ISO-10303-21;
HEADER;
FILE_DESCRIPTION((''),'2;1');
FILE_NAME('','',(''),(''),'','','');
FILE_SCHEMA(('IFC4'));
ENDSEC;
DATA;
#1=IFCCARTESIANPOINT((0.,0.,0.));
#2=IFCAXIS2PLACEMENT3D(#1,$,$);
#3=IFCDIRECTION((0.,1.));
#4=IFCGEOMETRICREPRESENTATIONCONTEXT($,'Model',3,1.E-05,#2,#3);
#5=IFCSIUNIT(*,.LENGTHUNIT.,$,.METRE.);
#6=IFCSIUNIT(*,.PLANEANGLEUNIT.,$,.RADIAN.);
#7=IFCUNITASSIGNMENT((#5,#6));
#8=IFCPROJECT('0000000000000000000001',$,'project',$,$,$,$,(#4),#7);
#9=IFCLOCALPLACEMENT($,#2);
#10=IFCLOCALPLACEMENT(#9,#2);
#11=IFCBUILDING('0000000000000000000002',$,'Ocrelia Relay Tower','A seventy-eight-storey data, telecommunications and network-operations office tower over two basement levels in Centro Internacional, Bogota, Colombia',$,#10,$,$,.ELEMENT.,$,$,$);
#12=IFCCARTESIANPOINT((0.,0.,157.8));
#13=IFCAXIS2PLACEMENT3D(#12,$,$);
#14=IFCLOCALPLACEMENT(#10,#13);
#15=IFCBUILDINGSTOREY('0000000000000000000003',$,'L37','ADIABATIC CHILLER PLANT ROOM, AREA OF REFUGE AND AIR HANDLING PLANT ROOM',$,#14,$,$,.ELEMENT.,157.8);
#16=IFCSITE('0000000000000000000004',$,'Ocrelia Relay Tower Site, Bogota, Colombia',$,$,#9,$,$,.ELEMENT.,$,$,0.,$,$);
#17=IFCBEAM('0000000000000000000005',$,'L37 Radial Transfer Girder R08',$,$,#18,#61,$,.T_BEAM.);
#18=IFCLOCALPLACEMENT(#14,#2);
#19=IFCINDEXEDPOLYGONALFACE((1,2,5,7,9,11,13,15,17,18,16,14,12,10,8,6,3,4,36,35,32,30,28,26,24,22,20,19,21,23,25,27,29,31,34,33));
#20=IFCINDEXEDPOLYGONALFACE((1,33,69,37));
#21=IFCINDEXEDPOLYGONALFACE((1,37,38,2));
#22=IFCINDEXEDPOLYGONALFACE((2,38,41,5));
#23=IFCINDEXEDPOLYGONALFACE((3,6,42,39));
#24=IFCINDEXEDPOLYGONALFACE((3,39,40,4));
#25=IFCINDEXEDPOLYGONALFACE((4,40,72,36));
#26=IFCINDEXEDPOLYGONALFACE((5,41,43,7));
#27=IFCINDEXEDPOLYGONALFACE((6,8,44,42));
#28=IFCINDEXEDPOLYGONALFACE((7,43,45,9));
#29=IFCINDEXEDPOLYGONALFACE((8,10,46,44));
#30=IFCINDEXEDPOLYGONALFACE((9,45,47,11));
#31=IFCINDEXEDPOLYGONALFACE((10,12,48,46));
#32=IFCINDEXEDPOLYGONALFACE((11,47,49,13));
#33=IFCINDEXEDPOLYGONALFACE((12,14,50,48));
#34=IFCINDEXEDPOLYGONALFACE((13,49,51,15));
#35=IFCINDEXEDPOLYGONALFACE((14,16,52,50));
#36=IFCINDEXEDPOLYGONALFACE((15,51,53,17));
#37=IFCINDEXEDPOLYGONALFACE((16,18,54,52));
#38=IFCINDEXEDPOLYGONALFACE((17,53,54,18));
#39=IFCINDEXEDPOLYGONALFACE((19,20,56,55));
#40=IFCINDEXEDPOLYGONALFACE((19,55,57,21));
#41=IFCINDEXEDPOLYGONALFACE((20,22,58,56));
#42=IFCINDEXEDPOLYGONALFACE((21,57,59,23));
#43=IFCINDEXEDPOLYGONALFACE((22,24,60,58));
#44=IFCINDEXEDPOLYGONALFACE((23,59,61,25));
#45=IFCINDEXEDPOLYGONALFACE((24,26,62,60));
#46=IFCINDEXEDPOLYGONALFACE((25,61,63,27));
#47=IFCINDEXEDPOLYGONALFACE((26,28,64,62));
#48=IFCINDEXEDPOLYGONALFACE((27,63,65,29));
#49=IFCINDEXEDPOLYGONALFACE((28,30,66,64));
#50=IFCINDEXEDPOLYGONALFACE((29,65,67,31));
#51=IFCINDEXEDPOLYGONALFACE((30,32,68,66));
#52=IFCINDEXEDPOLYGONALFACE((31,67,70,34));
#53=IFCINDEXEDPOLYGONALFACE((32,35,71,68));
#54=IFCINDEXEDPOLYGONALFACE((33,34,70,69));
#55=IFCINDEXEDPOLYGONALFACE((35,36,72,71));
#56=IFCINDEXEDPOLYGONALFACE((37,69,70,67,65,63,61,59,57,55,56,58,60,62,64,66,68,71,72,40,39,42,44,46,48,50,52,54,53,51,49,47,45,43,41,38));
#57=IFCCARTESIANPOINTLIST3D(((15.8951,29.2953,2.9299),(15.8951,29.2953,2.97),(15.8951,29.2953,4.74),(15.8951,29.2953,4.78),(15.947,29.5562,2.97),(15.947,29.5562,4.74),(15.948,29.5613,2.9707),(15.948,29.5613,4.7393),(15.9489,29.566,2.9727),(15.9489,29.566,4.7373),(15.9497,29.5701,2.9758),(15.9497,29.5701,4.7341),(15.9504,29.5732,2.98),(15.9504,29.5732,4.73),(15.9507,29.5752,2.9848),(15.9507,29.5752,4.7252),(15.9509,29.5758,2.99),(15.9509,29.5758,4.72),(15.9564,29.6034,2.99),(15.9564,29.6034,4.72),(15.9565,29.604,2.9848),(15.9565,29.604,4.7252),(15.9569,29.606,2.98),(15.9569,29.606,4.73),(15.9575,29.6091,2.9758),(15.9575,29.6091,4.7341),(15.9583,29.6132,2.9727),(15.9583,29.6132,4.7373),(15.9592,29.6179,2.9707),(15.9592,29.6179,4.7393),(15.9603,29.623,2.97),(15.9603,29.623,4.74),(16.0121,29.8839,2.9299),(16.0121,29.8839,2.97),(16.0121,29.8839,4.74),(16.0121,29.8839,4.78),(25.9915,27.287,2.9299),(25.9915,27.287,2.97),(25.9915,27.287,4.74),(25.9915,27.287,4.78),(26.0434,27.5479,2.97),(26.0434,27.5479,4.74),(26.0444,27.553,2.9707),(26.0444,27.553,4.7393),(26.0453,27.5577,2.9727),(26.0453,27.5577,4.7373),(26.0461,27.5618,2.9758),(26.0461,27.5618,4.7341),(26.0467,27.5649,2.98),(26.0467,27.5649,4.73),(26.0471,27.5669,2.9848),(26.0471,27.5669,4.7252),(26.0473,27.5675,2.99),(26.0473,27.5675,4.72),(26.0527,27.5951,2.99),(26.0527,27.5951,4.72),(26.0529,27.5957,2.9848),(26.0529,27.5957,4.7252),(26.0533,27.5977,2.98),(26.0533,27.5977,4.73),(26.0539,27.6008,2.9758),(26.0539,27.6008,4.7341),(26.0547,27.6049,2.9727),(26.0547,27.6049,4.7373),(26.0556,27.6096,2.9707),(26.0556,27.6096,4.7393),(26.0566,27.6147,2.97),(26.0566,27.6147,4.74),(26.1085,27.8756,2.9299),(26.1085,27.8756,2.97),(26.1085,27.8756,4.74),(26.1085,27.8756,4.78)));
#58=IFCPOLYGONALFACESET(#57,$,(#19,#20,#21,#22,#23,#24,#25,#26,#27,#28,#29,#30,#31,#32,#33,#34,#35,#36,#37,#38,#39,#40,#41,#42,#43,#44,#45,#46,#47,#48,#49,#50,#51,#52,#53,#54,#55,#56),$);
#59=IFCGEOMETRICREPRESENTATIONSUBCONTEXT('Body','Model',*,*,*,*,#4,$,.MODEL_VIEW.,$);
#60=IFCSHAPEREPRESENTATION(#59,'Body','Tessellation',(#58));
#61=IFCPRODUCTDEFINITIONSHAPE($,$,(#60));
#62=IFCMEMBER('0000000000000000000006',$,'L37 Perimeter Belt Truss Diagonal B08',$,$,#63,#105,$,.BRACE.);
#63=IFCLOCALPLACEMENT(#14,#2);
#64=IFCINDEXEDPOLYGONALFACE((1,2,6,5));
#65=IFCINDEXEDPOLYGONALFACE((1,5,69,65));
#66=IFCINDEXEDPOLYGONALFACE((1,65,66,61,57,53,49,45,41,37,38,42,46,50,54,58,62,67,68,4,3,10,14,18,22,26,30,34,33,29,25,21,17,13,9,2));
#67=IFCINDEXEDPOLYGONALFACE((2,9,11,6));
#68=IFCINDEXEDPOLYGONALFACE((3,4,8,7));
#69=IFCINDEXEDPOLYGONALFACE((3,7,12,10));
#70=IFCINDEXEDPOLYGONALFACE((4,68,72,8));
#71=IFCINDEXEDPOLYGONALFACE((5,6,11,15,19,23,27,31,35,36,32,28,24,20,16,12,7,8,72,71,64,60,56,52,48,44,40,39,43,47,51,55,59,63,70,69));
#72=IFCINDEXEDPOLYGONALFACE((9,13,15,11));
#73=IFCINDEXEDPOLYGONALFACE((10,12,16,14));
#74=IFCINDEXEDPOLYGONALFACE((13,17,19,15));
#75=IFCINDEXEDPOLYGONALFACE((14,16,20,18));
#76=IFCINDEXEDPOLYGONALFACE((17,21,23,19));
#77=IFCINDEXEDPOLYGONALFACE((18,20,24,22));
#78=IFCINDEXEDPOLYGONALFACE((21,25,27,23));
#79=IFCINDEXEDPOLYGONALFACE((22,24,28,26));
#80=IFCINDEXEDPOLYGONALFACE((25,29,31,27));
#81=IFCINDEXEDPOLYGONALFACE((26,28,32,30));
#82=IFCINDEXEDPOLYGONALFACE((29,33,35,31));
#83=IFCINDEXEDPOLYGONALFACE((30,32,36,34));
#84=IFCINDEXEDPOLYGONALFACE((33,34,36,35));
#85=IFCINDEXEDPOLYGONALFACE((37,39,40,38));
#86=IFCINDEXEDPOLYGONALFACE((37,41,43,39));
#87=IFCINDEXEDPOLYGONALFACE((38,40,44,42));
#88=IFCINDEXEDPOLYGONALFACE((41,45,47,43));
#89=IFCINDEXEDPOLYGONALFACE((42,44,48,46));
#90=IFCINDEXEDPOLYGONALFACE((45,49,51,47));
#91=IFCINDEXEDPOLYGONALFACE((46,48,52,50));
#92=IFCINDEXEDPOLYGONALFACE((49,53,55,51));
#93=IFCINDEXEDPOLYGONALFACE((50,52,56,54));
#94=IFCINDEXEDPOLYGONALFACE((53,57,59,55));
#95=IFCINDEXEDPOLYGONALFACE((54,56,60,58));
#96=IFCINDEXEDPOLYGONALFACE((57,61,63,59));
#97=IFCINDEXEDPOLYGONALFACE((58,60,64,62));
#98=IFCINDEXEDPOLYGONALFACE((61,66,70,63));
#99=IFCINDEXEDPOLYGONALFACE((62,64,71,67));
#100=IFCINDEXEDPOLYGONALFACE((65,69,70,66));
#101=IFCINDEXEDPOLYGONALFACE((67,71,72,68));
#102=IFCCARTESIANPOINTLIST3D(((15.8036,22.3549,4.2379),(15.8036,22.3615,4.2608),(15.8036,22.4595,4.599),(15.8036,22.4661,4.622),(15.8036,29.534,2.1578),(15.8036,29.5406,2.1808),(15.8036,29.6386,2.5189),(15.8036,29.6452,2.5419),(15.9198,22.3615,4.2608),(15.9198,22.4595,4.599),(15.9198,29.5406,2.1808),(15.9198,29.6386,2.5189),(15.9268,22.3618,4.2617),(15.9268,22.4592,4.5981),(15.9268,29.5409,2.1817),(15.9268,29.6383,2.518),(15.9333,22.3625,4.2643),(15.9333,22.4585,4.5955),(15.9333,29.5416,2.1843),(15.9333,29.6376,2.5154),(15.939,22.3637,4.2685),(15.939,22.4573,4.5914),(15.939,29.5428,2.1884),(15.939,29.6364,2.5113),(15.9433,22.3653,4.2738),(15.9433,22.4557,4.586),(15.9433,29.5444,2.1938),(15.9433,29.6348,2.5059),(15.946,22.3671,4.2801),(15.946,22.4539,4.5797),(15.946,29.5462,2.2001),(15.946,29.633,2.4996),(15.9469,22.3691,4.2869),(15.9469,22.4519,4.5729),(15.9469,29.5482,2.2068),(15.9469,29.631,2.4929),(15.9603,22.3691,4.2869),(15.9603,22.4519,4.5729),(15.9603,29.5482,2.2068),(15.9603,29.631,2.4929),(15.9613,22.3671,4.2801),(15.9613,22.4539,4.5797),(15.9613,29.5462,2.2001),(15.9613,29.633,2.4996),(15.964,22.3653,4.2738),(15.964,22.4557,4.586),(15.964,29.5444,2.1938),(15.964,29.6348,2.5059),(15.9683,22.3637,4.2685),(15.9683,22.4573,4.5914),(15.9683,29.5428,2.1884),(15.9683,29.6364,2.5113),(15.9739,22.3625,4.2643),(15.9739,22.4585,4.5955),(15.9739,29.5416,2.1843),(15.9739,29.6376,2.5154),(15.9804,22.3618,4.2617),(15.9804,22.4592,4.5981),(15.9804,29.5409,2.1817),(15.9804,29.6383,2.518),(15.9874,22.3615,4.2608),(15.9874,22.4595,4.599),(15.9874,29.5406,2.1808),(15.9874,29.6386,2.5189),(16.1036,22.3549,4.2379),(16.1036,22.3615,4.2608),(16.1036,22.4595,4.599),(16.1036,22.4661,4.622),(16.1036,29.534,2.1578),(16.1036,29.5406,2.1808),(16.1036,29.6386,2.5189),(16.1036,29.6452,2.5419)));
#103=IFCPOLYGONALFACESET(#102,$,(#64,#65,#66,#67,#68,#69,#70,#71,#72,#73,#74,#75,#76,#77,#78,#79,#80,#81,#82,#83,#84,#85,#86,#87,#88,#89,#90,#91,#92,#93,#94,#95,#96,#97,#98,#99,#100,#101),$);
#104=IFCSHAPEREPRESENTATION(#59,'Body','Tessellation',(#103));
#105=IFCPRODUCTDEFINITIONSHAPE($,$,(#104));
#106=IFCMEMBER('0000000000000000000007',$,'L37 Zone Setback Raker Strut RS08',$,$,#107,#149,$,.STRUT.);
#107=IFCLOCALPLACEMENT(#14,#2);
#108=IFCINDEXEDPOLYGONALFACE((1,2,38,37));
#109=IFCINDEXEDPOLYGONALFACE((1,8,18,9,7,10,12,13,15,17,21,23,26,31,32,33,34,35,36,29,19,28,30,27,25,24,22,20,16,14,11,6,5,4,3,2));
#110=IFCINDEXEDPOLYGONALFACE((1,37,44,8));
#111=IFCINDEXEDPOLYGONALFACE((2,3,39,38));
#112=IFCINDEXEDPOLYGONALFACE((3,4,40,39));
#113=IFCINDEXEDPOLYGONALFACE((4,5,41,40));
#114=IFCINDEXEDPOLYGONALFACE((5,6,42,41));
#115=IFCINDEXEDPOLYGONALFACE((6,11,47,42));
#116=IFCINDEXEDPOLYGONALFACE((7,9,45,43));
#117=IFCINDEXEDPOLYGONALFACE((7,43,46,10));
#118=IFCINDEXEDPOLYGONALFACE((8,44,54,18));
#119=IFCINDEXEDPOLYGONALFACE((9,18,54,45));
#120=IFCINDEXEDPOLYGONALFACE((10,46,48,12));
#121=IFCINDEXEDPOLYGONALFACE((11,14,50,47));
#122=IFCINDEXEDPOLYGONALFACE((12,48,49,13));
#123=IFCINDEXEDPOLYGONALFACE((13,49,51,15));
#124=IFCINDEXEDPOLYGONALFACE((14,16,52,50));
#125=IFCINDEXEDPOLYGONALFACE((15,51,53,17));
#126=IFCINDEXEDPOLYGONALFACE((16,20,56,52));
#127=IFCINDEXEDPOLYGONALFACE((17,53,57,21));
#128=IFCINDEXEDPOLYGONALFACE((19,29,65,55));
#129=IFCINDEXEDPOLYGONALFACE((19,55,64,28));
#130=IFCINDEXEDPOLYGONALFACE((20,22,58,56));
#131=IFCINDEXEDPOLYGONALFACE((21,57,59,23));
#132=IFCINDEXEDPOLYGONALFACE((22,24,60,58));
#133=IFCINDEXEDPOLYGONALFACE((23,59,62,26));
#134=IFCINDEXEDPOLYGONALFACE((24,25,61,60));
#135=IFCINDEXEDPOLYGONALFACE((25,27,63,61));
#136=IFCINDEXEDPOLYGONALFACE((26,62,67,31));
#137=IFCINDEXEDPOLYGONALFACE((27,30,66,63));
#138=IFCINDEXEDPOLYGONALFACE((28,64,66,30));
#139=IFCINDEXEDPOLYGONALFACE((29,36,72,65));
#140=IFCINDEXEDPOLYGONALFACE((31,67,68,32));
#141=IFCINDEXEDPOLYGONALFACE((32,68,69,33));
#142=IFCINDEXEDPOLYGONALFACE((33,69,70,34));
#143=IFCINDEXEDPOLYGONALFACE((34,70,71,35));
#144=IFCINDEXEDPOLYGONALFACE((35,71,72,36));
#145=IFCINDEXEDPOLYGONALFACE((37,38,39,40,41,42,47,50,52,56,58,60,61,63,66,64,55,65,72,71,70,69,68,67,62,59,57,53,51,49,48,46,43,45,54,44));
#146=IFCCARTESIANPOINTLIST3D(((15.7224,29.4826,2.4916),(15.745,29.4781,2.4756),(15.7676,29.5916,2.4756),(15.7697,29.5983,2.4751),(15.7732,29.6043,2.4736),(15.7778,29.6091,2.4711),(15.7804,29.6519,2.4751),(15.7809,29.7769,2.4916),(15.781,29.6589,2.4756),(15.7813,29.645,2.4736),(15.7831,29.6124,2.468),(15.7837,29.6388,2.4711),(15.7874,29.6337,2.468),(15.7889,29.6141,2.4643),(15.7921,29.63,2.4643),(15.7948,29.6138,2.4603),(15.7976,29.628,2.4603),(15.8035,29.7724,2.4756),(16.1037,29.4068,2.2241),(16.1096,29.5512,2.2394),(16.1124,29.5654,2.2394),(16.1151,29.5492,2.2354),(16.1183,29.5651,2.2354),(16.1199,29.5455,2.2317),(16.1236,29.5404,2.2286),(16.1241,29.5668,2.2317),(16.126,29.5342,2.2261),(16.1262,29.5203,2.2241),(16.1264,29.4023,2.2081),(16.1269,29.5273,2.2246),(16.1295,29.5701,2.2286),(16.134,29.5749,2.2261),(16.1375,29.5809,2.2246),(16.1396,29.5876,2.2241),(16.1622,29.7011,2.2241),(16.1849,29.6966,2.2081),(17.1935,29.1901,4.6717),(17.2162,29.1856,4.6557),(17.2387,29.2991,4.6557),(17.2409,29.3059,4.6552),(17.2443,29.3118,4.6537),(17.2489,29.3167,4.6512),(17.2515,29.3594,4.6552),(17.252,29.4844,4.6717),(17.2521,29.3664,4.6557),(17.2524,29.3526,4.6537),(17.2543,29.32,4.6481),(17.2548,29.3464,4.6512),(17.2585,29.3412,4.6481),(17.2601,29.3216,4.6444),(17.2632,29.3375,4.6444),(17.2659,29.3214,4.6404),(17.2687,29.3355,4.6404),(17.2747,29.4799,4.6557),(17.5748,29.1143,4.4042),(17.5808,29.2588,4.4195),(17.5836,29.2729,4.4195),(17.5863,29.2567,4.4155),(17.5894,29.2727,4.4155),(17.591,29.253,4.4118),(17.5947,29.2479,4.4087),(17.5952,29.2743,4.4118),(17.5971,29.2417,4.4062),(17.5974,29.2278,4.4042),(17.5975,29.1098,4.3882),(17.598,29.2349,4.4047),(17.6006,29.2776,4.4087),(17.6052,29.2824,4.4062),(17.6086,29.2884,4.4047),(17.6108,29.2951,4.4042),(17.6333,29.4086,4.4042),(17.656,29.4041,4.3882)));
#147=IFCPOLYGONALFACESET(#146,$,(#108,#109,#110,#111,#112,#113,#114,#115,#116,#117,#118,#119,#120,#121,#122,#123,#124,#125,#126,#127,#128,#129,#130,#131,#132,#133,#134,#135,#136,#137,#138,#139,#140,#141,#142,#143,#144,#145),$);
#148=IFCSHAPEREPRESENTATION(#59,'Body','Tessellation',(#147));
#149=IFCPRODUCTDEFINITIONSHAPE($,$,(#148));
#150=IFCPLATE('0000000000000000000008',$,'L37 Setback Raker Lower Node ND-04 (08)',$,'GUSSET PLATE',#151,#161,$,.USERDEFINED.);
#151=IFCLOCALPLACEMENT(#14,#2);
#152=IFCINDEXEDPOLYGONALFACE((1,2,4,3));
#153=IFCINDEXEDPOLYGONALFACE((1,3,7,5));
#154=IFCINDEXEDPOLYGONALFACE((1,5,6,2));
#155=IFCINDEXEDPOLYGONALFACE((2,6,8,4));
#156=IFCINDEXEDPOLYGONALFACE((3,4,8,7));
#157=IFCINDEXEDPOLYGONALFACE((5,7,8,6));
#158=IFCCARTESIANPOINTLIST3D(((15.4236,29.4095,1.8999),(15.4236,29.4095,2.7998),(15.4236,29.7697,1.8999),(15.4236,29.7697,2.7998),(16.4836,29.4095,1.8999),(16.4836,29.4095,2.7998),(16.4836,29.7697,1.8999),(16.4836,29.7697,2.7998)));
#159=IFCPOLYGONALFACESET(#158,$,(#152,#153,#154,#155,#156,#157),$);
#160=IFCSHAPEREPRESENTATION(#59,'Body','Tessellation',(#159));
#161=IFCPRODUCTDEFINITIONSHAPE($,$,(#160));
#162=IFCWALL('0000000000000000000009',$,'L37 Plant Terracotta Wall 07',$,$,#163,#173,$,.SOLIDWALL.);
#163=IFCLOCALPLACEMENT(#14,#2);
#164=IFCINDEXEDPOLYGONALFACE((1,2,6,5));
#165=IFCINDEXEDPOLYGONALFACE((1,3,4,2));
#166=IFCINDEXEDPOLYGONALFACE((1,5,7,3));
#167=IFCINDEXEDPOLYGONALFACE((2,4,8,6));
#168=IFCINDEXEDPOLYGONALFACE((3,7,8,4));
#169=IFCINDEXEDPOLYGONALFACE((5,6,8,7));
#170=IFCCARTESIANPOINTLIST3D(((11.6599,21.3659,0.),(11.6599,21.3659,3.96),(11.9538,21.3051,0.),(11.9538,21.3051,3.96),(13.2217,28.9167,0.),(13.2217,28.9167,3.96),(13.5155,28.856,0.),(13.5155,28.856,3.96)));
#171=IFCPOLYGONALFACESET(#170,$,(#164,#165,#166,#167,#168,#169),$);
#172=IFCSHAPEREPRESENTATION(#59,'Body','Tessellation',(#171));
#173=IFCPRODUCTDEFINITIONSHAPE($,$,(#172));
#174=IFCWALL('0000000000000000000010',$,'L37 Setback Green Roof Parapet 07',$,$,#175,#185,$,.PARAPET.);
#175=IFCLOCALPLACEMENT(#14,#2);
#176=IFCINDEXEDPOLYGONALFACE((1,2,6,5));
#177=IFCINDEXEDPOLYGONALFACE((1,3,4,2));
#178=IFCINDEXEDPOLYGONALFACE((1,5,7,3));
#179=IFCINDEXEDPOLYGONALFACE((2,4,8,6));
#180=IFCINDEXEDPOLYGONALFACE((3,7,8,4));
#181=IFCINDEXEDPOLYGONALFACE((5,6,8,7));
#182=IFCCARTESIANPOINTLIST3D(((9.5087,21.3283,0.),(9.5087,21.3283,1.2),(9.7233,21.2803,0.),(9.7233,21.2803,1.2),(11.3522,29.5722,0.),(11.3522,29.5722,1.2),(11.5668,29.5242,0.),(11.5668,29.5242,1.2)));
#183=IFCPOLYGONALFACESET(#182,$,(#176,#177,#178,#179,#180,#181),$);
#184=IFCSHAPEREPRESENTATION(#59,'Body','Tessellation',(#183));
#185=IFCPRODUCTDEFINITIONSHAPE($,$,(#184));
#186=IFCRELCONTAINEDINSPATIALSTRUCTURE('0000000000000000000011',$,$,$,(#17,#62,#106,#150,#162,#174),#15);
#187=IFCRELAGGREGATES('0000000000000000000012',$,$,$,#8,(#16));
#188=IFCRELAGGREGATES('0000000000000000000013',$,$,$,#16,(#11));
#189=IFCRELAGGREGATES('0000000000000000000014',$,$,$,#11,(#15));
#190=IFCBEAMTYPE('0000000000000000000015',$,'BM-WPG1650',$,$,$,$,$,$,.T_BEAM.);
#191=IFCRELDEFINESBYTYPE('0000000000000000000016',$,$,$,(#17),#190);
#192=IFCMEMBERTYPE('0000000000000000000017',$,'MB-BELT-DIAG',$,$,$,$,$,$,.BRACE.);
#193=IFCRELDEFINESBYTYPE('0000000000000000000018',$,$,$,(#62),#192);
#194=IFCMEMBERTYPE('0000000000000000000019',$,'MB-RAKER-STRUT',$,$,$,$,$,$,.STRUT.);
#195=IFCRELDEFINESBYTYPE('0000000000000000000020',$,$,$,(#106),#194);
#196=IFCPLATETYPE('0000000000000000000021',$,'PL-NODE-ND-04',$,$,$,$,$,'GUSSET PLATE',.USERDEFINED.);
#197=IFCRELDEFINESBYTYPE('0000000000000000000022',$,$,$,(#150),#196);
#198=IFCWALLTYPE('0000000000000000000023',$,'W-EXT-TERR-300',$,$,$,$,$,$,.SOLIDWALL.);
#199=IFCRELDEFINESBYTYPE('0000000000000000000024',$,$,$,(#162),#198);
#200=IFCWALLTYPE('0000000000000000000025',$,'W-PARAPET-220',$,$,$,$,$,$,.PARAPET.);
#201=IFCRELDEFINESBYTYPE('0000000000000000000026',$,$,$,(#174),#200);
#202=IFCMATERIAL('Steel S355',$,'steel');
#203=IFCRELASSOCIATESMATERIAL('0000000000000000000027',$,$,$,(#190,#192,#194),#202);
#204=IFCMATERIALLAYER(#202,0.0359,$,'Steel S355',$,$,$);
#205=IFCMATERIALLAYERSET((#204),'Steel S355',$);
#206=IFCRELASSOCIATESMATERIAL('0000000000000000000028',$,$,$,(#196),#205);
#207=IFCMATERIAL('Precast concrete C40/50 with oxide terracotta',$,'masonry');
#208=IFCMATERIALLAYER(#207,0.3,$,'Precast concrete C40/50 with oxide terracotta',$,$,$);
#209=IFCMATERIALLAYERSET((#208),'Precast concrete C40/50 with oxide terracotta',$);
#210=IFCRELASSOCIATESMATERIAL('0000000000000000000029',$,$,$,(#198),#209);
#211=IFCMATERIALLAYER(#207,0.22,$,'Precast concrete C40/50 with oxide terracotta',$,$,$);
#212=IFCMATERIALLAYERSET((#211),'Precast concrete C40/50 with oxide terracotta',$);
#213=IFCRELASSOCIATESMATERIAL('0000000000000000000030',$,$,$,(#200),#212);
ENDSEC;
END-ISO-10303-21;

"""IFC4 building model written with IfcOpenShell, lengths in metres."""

from ifc_helpers import new_model, si_unit, direction, frame, frame_2d, origin, origin_2d, place, context, subcontext, project, spatial, rectangle, i_section, extrude, material, layer, layer_set, material_profile, profile_set, type_object, element, save


model = new_model("IFC4")

# Units and contexts
model_context = context("Model", 3, precision=1e-05, world=origin(), true_north=direction((0.0, 1.0)))
body_context = subcontext(model_context, "Body", "Model", "MODEL_VIEW")
ifc_project = project(units=[si_unit("LENGTHUNIT", "METRE"), si_unit("PLANEANGLEUNIT", "RADIAN")], contexts=[model_context])

# Site, building, storey
site_placement = place(None, origin())
site = spatial("IfcSite", under=ifc_project, at=site_placement, Name="Ocrelia Relay Tower Site, Bogota, Colombia", CompositionType="ELEMENT", RefElevation=0.0)
building_placement = place(site_placement, origin())
building = spatial("IfcBuilding", under=site, at=building_placement, Name="Ocrelia Relay Tower", Description="A seventy-eight-storey data, telecommunications and network-operations office tower over two basement levels in Centro Internacional, Bogota, Colombia", CompositionType="ELEMENT")
storey_placement = place(building_placement, frame((0.0, 0.0, 157.8)))
storey = spatial("IfcBuildingStorey", under=building, at=storey_placement, Name="L37", Description="ADIABATIC CHILLER PLANT ROOM, AREA OF REFUGE AND AIR HANDLING PLANT ROOM", CompositionType="ELEMENT", Elevation=157.8)

# Beam
ifc_material_1 = material(Name="Steel S355", Category="steel")
ifc_material_profile_1 = material_profile(ifc_material_1, i_section(OverallWidth=0.6001, OverallDepth=1.8501, WebThickness=0.0281, FlangeThickness=0.04, FilletRadius=0.02, at=origin_2d()), Name="WPG 1850x600")
ifc_profile_set_1 = profile_set([ifc_material_profile_1], Name="Steel S355")
beam_type_1 = type_object("IfcBeamType", Name="BM-WPG1650", PredefinedType="T_BEAM", material=ifc_profile_set_1)
beam_1_placement = place(storey_placement, frame((15.9536, 29.5896, 3.855), z_axis=(0.980785, -0.19509, 0.0), x_axis=(0.19509, 0.980785, 0.0)))
element("IfcBeam", 1, at=beam_1_placement, inside=storey, type_object=beam_type_1, Name="L37 Radial Transfer Girder R08", PredefinedType="T_BEAM", context=body_context, shape_type="SweptSolid", body=[
    extrude(i_section(OverallWidth=0.6001, OverallDepth=1.8501, WebThickness=0.0281, FlangeThickness=0.04, FilletRadius=0.02, at=origin_2d()), origin(), (0.0, 0.0, 1.0), 10.2942),
])

# Members
ifc_material_profile_2 = material_profile(ifc_material_1, i_section(OverallWidth=0.3, OverallDepth=0.3999, WebThickness=0.0134, FlangeThickness=0.0239, FilletRadius=0.0271, at=origin_2d()), Name="HEB 400")
ifc_profile_set_2 = profile_set([ifc_material_profile_2], Name="Steel S355")
member_type_1 = type_object("IfcMemberType", Name="MB-BELT-DIAG", PredefinedType="BRACE", material=ifc_profile_set_2)
member_1_placement = place(storey_placement, frame((15.9536, 29.5896, 2.3499), z_axis=(0.0, -0.960497, 0.278291), x_axis=(1.0, 0.0, 0.0)))
element("IfcMember", 2, at=member_1_placement, inside=storey, type_object=member_type_1, Name="L37 Perimeter Belt Truss Diagonal B08", PredefinedType="BRACE", context=body_context, shape_type="SweptSolid", body=[
    extrude(i_section(OverallWidth=0.3, OverallDepth=0.3999, WebThickness=0.0134, FlangeThickness=0.0239, FilletRadius=0.0271, at=origin_2d()), origin(), (0.0, 0.0, 1.0), 7.4744),
])
ifc_material_profile_3 = material_profile(ifc_material_1, i_section(OverallWidth=0.3, OverallDepth=0.5, WebThickness=0.0144, FlangeThickness=0.0281, FilletRadius=0.0271, at=origin_2d()), Name="HEB 500")
ifc_profile_set_3 = profile_set([ifc_material_profile_3], Name="Steel S355")
member_type_2 = type_object("IfcMemberType", Name="MB-RAKER-STRUT", PredefinedType="STRUT", material=ifc_profile_set_3)
member_2_placement = place(storey_placement, frame((15.9536, 29.5896, 2.3499), z_axis=(0.555934, -0.110523, 0.823846), x_axis=(0.194989, 0.980805, 0.0)))
element("IfcMember", 3, at=member_2_placement, inside=storey, type_object=member_type_2, Name="L37 Zone Setback Raker Strut RS08", PredefinedType="STRUT", context=body_context, shape_type="SweptSolid", body=[
    extrude(i_section(OverallWidth=0.3, OverallDepth=0.5, WebThickness=0.0144, FlangeThickness=0.0281, FilletRadius=0.0271, at=origin_2d()), origin(), (0.0, 0.0, 1.0), 2.6462),
])

# Plate
ifc_layer_1 = layer(ifc_material_1, 0.0359, Name="Steel S355")
ifc_layer_set_1 = layer_set([ifc_layer_1], Name="Steel S355")
plate_type = type_object("IfcPlateType", Name="PL-NODE-ND-04", ElementType="GUSSET PLATE", PredefinedType="USERDEFINED", material=ifc_layer_set_1)
plate_placement = place(storey_placement, frame((15.9536, 29.5896, 1.8999), z_axis=(0.0, 0.0, 1.0), x_axis=(1.0, 0.0, 0.0)))
element("IfcPlate", 4, at=plate_placement, inside=storey, type_object=plate_type, Name="L37 Setback Raker Lower Node ND-04 (08)", ObjectType="GUSSET PLATE", PredefinedType="USERDEFINED", context=body_context, shape_type="SweptSolid", body=[
    extrude(rectangle(XDim=1.0601, YDim=0.3601, at=origin_2d()), origin(), (0.0, 0.0, 1.0), 0.8999),
])

# Walls
ifc_material_2 = material(Name="Precast concrete C40/50 with oxide terracotta", Category="masonry")
ifc_layer_2 = layer(ifc_material_2, 0.3, Name="Precast concrete C40/50 with oxide terracotta")
ifc_layer_set_2 = layer_set([ifc_layer_2], Name="Precast concrete C40/50 with oxide terracotta")
wall_type_1 = type_object("IfcWallType", Name="W-EXT-TERR-300", PredefinedType="SOLIDWALL", material=ifc_layer_set_2)
wall_1_placement = place(storey_placement, frame((13.3687, 28.8865, 0.0), z_axis=(0.0, 0.0, 1.0), x_axis=(-0.202548, -0.979272, 0.0)))
element("IfcWall", 5, at=wall_1_placement, inside=storey, type_object=wall_type_1, Name="L37 Plant Terracotta Wall 07", PredefinedType="SOLIDWALL", context=body_context, shape_type="SweptSolid", body=[
    extrude(rectangle(XDim=7.7107, YDim=0.3, at=frame_2d((3.8555, 0.0))), origin(), (0.0, 0.0, 1.0), 3.96),
])
ifc_layer_3 = layer(ifc_material_2, 0.22, Name="Precast concrete C40/50 with oxide terracotta")
ifc_layer_set_3 = layer_set([ifc_layer_3], Name="Precast concrete C40/50 with oxide terracotta")
wall_type_2 = type_object("IfcWallType", Name="W-PARAPET-220", PredefinedType="PARAPET", material=ifc_layer_set_3)
wall_2_placement = place(storey_placement, frame((11.4595, 29.5481, 0.0), z_axis=(0.0, 0.0, 1.0), x_axis=(-0.218231, -0.975897, 0.0)))
element("IfcWall", 6, at=wall_2_placement, inside=storey, type_object=wall_type_2, Name="L37 Setback Green Roof Parapet 07", PredefinedType="PARAPET", context=body_context, shape_type="SweptSolid", body=[
    extrude(rectangle(XDim=8.4475, YDim=0.22, at=frame_2d((4.2236, 0.0))), origin(), (0.0, 0.0, 1.0), 1.2),
])

save(model, "model.ifc")
